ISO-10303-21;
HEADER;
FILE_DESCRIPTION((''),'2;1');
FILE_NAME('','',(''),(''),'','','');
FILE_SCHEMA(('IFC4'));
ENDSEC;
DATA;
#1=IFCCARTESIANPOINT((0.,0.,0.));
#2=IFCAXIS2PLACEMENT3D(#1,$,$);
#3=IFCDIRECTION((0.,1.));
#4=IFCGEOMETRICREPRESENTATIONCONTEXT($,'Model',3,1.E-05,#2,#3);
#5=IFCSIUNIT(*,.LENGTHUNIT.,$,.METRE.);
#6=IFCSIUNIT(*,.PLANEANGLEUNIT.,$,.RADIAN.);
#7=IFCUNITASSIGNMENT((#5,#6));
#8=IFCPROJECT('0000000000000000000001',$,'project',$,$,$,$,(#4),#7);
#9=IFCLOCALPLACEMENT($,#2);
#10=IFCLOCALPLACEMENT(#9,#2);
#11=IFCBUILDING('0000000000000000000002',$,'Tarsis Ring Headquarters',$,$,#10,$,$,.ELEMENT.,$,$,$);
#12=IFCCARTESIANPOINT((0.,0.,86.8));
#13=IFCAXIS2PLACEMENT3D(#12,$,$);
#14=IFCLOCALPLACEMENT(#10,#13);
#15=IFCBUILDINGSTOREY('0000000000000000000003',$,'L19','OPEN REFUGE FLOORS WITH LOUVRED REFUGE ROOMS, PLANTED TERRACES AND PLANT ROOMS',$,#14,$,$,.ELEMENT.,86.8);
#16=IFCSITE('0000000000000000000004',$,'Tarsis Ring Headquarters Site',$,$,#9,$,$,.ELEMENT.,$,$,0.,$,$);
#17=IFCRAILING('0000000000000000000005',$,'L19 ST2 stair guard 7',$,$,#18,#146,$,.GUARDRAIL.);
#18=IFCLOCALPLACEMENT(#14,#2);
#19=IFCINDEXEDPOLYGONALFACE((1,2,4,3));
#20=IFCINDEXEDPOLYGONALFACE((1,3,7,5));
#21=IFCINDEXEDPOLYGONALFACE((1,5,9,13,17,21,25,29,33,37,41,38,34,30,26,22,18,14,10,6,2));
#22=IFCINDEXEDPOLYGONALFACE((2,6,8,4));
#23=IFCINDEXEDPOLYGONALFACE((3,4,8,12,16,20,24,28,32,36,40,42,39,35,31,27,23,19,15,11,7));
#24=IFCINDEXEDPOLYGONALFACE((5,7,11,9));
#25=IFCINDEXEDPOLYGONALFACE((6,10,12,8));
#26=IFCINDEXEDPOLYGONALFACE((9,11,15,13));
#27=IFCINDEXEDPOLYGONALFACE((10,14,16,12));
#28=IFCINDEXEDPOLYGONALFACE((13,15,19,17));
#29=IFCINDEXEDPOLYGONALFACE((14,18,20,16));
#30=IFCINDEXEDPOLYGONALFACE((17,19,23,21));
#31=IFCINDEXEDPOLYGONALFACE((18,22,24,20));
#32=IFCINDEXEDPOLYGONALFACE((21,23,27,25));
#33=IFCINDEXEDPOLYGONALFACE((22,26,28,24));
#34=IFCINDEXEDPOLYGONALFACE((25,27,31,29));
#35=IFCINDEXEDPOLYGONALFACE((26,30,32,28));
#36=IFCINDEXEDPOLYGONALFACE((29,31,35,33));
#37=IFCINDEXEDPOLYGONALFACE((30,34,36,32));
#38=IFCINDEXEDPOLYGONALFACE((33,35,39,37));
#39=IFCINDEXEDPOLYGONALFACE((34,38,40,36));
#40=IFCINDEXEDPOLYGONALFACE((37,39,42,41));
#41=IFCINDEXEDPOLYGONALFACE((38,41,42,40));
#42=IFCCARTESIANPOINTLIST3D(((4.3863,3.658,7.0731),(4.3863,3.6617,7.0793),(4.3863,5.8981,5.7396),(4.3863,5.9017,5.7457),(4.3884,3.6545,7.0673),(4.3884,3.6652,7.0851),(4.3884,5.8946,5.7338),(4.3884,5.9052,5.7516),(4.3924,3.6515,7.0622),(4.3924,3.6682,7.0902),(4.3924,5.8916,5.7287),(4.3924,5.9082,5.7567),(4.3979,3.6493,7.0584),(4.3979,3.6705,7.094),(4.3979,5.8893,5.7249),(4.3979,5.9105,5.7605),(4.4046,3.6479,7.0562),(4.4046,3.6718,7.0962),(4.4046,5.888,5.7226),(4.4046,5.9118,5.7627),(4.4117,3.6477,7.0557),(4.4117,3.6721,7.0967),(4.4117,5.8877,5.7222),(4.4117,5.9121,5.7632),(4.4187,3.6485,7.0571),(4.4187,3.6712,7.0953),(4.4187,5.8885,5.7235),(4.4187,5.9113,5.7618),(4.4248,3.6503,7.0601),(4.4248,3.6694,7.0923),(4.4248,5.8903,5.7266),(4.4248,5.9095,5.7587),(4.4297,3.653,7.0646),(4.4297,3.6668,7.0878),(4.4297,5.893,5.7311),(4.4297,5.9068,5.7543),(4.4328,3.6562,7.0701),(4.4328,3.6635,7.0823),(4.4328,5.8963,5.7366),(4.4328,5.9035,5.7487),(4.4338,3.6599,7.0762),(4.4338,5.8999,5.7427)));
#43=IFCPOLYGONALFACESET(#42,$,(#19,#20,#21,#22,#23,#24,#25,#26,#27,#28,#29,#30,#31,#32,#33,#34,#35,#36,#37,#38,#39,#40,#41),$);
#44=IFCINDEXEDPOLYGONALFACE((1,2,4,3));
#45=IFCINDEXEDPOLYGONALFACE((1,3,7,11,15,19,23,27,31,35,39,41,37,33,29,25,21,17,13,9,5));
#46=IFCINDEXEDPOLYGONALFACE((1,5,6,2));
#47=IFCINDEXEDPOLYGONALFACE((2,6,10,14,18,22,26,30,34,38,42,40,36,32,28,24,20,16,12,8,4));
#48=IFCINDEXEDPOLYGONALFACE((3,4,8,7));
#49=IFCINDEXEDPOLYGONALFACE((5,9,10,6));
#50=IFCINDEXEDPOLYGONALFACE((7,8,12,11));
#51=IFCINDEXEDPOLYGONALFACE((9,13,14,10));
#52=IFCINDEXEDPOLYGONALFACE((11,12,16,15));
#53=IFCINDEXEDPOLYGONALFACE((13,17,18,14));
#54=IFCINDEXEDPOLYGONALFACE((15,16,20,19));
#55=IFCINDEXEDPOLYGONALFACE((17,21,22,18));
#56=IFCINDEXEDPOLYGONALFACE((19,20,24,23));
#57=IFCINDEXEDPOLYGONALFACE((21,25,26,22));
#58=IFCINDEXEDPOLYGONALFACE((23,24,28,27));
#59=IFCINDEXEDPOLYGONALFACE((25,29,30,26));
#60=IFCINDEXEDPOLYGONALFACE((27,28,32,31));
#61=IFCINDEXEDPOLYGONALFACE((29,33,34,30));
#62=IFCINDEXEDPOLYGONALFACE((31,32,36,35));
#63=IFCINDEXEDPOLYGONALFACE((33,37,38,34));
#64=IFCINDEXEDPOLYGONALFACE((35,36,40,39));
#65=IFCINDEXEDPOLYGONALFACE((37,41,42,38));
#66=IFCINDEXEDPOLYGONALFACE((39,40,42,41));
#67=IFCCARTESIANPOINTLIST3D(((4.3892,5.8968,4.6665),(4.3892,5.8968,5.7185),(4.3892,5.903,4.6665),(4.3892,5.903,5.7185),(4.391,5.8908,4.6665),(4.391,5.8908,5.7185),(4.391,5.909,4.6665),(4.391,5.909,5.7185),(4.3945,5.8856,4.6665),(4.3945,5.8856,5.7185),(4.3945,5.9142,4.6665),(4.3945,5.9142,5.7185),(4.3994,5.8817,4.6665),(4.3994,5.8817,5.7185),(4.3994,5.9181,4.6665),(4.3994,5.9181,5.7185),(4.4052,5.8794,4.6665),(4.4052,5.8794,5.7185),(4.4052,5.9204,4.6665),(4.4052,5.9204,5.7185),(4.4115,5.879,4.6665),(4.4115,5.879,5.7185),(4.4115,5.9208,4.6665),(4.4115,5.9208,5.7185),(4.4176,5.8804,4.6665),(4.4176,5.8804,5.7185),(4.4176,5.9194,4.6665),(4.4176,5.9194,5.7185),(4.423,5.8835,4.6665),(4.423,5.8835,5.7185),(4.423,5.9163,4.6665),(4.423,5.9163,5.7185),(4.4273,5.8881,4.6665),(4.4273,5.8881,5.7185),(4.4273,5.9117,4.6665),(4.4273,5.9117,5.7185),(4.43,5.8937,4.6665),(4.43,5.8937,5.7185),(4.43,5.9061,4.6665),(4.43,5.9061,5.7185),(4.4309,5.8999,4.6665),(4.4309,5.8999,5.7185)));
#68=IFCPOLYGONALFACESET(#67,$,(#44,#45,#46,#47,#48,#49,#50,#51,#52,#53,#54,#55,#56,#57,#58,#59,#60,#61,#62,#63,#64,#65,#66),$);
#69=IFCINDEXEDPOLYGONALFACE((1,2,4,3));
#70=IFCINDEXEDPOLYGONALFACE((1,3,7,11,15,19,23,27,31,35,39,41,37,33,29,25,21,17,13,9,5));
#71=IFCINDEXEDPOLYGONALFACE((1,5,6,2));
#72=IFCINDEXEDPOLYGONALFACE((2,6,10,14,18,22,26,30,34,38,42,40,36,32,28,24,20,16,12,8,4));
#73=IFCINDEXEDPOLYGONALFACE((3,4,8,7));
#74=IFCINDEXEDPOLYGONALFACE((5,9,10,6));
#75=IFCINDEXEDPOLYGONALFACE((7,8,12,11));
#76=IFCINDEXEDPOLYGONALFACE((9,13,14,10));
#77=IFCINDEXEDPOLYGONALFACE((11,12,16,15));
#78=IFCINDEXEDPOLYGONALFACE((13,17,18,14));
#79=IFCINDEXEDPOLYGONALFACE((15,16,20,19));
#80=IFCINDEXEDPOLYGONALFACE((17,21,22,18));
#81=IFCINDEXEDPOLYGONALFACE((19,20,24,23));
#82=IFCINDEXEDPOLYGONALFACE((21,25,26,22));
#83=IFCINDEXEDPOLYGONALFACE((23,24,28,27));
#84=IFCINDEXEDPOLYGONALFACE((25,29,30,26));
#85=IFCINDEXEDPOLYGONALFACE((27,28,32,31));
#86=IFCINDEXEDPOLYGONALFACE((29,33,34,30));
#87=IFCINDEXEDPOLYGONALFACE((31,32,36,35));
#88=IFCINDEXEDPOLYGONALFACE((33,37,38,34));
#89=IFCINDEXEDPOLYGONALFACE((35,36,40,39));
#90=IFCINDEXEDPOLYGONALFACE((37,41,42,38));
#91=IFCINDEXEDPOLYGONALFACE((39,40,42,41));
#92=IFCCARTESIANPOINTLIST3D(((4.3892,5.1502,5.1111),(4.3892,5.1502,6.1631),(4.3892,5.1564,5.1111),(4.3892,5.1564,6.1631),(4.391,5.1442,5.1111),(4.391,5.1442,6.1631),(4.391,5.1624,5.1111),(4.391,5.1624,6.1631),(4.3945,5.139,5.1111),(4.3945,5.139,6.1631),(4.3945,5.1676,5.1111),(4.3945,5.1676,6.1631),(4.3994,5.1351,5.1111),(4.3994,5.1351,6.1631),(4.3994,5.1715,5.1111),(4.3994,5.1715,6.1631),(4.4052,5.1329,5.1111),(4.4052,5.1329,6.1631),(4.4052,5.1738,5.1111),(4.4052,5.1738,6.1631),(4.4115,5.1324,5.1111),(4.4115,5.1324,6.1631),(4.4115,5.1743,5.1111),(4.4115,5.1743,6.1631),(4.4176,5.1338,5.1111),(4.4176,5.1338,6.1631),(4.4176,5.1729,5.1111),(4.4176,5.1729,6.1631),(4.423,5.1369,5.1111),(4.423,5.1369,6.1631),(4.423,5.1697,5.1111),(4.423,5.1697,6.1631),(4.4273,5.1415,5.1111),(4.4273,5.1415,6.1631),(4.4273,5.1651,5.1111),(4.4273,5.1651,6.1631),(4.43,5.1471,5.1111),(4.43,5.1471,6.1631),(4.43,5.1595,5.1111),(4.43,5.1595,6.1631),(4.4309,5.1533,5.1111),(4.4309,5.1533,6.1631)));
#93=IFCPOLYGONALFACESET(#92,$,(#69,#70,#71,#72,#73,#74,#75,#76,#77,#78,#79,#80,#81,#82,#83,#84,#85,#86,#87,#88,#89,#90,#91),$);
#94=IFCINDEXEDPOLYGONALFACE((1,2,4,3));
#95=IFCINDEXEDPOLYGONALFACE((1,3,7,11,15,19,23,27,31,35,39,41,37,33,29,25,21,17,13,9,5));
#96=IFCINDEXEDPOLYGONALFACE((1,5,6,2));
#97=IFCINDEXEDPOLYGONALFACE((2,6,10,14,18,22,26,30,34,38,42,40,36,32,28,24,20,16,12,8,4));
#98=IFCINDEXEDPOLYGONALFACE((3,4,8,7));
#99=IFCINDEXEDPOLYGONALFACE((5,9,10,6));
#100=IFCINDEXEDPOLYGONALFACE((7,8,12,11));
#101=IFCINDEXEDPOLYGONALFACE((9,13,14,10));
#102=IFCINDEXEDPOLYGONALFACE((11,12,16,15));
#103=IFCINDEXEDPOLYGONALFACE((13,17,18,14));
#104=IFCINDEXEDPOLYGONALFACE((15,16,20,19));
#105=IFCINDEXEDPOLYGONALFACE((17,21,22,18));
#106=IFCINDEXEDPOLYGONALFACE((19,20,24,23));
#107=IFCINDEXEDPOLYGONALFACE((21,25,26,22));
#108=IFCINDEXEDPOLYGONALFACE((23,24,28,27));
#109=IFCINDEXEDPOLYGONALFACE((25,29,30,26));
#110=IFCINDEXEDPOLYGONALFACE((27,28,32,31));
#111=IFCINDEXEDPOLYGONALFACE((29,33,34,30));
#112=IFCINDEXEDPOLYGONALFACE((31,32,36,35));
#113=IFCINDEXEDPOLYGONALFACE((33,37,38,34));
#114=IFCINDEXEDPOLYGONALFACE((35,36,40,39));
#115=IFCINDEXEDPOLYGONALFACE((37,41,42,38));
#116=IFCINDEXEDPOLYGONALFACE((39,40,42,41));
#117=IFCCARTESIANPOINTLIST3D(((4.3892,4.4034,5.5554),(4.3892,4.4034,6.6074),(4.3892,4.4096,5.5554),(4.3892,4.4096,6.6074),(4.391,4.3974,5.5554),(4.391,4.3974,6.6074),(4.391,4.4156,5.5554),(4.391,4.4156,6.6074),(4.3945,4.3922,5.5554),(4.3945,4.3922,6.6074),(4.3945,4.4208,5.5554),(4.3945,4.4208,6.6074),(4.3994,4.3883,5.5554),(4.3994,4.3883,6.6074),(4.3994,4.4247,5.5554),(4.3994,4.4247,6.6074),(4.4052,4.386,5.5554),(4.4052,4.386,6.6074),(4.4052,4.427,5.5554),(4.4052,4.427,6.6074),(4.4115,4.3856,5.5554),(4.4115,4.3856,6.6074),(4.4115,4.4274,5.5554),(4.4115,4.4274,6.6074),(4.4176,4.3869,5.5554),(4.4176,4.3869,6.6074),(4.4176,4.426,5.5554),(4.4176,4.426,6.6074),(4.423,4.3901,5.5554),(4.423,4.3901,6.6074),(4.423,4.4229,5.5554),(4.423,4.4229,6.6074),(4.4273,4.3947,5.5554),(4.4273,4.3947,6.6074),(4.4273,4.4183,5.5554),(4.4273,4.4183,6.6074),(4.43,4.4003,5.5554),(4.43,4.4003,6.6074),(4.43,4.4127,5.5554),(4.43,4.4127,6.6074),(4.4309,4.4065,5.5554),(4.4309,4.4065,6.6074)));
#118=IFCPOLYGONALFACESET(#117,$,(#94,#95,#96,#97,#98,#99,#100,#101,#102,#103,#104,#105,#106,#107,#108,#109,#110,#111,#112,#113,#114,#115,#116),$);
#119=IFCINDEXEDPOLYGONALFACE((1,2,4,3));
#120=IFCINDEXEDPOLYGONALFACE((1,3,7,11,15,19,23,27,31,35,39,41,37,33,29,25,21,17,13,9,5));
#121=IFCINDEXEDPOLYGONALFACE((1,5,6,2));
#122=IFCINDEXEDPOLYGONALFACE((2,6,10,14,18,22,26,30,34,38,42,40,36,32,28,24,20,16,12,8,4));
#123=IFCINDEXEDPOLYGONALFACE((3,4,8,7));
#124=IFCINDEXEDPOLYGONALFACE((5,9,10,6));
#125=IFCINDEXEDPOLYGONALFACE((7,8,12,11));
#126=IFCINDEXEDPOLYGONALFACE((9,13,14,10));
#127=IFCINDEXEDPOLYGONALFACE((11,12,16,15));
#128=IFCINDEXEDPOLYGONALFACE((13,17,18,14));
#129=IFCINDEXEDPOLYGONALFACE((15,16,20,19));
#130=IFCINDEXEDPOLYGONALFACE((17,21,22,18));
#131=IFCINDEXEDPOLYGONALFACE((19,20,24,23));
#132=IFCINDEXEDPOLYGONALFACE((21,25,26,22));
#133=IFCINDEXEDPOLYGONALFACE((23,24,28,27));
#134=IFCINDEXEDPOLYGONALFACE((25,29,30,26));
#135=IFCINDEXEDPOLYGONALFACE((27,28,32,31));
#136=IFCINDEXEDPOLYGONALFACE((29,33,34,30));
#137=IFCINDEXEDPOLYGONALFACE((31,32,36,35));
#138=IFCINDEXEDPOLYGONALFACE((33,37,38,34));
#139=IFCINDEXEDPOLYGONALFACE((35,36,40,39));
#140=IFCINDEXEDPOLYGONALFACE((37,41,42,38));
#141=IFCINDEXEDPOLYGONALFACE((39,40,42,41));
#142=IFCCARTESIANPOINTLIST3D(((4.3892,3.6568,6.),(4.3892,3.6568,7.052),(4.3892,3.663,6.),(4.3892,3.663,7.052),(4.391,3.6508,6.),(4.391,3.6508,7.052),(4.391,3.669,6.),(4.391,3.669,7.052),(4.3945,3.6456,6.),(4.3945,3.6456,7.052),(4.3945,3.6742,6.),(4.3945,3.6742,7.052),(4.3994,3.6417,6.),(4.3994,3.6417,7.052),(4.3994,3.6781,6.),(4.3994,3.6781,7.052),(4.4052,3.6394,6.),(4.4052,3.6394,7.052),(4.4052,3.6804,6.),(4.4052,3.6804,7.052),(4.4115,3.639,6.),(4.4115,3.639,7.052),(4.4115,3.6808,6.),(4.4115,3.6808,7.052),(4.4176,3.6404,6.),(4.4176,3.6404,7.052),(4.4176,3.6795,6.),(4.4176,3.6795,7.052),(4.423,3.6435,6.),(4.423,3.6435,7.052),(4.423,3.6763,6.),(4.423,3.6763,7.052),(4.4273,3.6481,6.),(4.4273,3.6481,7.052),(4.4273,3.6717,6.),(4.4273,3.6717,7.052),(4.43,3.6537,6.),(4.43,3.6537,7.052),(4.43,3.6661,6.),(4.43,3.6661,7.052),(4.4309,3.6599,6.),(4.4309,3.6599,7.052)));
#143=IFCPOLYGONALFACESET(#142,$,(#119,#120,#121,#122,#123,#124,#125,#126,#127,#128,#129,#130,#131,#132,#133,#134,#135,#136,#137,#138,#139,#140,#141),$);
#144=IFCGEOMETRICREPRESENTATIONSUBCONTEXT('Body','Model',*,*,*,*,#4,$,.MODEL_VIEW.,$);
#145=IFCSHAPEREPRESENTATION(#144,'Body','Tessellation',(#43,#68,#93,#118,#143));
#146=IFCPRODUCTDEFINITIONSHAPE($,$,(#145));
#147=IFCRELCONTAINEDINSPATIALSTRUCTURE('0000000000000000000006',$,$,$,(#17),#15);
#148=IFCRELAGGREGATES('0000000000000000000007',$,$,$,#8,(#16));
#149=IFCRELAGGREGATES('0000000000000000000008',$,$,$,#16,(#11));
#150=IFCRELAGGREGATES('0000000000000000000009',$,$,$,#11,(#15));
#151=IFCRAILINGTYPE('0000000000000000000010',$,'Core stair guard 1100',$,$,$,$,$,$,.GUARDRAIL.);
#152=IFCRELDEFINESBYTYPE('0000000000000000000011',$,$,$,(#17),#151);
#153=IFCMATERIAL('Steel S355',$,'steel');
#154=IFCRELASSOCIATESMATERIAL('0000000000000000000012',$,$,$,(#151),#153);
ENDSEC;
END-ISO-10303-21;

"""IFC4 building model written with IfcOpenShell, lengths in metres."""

from ifc_helpers import new_model, si_unit, direction, frame, origin, origin_2d, place, context, subcontext, project, spatial, circle, extrude, material, type_object, element, save


model = new_model("IFC4")

# Units and contexts
model_context = context("Model", 3, precision=1e-05, world=origin(), true_north=direction((0.0, 1.0)))
body_context = subcontext(model_context, "Body", "Model", "MODEL_VIEW")
ifc_project = project(units=[si_unit("LENGTHUNIT", "METRE"), si_unit("PLANEANGLEUNIT", "RADIAN")], contexts=[model_context])

# Site, building, storey
site_placement = place(None, origin())
site = spatial("IfcSite", under=ifc_project, at=site_placement, Name="Tarsis Ring Headquarters Site", CompositionType="ELEMENT", RefElevation=0.0)
building_placement = place(site_placement, origin())
building = spatial("IfcBuilding", under=site, at=building_placement, Name="Tarsis Ring Headquarters", CompositionType="ELEMENT")
storey_placement = place(building_placement, frame((0.0, 0.0, 86.8)))
storey = spatial("IfcBuildingStorey", under=building, at=storey_placement, Name="L19", Description="OPEN REFUGE FLOORS WITH LOUVRED REFUGE ROOMS, PLANTED TERRACES AND PLANT ROOMS", CompositionType="ELEMENT", Elevation=86.8)

# Railing
ifc_material_1 = material(Name="Steel S355", Category="steel")
railing_type_1 = type_object("IfcRailingType", Name="Core stair guard 1100", PredefinedType="GUARDRAIL", material=ifc_material_1)
railing_1_placement = place(storey_placement, frame((4.4099, 5.8999, 4.6665)))
element("IfcRailing", 1, at=railing_1_placement, inside=storey, type_object=railing_type_1, Name="L19 ST2 stair guard 7", PredefinedType="GUARDRAIL", context=body_context, shape_type="SweptSolid", body=[
    extrude(circle(Radius=0.0239, at=origin_2d()), frame((0.0, 0.0, 1.0762), z_axis=(0.0, -0.859264, 0.511532), x_axis=(1.0, 0.0, 0.0)), (0.0, 0.0, 1.0), 2.6069),
    extrude(circle(Radius=0.021, at=origin_2d()), origin(), (0.0, 0.0, 1.0), 1.052),
    extrude(circle(Radius=0.021, at=origin_2d()), frame((0.0, -0.7466, 0.4446)), (0.0, 0.0, 1.0), 1.052),
    extrude(circle(Radius=0.021, at=origin_2d()), frame((0.0, -1.4934, 0.8889)), (0.0, 0.0, 1.0), 1.052),
    extrude(circle(Radius=0.021, at=origin_2d()), frame((0.0, -2.24, 1.3335)), (0.0, 0.0, 1.0), 1.052),
])

save(model, "model.ifc")
